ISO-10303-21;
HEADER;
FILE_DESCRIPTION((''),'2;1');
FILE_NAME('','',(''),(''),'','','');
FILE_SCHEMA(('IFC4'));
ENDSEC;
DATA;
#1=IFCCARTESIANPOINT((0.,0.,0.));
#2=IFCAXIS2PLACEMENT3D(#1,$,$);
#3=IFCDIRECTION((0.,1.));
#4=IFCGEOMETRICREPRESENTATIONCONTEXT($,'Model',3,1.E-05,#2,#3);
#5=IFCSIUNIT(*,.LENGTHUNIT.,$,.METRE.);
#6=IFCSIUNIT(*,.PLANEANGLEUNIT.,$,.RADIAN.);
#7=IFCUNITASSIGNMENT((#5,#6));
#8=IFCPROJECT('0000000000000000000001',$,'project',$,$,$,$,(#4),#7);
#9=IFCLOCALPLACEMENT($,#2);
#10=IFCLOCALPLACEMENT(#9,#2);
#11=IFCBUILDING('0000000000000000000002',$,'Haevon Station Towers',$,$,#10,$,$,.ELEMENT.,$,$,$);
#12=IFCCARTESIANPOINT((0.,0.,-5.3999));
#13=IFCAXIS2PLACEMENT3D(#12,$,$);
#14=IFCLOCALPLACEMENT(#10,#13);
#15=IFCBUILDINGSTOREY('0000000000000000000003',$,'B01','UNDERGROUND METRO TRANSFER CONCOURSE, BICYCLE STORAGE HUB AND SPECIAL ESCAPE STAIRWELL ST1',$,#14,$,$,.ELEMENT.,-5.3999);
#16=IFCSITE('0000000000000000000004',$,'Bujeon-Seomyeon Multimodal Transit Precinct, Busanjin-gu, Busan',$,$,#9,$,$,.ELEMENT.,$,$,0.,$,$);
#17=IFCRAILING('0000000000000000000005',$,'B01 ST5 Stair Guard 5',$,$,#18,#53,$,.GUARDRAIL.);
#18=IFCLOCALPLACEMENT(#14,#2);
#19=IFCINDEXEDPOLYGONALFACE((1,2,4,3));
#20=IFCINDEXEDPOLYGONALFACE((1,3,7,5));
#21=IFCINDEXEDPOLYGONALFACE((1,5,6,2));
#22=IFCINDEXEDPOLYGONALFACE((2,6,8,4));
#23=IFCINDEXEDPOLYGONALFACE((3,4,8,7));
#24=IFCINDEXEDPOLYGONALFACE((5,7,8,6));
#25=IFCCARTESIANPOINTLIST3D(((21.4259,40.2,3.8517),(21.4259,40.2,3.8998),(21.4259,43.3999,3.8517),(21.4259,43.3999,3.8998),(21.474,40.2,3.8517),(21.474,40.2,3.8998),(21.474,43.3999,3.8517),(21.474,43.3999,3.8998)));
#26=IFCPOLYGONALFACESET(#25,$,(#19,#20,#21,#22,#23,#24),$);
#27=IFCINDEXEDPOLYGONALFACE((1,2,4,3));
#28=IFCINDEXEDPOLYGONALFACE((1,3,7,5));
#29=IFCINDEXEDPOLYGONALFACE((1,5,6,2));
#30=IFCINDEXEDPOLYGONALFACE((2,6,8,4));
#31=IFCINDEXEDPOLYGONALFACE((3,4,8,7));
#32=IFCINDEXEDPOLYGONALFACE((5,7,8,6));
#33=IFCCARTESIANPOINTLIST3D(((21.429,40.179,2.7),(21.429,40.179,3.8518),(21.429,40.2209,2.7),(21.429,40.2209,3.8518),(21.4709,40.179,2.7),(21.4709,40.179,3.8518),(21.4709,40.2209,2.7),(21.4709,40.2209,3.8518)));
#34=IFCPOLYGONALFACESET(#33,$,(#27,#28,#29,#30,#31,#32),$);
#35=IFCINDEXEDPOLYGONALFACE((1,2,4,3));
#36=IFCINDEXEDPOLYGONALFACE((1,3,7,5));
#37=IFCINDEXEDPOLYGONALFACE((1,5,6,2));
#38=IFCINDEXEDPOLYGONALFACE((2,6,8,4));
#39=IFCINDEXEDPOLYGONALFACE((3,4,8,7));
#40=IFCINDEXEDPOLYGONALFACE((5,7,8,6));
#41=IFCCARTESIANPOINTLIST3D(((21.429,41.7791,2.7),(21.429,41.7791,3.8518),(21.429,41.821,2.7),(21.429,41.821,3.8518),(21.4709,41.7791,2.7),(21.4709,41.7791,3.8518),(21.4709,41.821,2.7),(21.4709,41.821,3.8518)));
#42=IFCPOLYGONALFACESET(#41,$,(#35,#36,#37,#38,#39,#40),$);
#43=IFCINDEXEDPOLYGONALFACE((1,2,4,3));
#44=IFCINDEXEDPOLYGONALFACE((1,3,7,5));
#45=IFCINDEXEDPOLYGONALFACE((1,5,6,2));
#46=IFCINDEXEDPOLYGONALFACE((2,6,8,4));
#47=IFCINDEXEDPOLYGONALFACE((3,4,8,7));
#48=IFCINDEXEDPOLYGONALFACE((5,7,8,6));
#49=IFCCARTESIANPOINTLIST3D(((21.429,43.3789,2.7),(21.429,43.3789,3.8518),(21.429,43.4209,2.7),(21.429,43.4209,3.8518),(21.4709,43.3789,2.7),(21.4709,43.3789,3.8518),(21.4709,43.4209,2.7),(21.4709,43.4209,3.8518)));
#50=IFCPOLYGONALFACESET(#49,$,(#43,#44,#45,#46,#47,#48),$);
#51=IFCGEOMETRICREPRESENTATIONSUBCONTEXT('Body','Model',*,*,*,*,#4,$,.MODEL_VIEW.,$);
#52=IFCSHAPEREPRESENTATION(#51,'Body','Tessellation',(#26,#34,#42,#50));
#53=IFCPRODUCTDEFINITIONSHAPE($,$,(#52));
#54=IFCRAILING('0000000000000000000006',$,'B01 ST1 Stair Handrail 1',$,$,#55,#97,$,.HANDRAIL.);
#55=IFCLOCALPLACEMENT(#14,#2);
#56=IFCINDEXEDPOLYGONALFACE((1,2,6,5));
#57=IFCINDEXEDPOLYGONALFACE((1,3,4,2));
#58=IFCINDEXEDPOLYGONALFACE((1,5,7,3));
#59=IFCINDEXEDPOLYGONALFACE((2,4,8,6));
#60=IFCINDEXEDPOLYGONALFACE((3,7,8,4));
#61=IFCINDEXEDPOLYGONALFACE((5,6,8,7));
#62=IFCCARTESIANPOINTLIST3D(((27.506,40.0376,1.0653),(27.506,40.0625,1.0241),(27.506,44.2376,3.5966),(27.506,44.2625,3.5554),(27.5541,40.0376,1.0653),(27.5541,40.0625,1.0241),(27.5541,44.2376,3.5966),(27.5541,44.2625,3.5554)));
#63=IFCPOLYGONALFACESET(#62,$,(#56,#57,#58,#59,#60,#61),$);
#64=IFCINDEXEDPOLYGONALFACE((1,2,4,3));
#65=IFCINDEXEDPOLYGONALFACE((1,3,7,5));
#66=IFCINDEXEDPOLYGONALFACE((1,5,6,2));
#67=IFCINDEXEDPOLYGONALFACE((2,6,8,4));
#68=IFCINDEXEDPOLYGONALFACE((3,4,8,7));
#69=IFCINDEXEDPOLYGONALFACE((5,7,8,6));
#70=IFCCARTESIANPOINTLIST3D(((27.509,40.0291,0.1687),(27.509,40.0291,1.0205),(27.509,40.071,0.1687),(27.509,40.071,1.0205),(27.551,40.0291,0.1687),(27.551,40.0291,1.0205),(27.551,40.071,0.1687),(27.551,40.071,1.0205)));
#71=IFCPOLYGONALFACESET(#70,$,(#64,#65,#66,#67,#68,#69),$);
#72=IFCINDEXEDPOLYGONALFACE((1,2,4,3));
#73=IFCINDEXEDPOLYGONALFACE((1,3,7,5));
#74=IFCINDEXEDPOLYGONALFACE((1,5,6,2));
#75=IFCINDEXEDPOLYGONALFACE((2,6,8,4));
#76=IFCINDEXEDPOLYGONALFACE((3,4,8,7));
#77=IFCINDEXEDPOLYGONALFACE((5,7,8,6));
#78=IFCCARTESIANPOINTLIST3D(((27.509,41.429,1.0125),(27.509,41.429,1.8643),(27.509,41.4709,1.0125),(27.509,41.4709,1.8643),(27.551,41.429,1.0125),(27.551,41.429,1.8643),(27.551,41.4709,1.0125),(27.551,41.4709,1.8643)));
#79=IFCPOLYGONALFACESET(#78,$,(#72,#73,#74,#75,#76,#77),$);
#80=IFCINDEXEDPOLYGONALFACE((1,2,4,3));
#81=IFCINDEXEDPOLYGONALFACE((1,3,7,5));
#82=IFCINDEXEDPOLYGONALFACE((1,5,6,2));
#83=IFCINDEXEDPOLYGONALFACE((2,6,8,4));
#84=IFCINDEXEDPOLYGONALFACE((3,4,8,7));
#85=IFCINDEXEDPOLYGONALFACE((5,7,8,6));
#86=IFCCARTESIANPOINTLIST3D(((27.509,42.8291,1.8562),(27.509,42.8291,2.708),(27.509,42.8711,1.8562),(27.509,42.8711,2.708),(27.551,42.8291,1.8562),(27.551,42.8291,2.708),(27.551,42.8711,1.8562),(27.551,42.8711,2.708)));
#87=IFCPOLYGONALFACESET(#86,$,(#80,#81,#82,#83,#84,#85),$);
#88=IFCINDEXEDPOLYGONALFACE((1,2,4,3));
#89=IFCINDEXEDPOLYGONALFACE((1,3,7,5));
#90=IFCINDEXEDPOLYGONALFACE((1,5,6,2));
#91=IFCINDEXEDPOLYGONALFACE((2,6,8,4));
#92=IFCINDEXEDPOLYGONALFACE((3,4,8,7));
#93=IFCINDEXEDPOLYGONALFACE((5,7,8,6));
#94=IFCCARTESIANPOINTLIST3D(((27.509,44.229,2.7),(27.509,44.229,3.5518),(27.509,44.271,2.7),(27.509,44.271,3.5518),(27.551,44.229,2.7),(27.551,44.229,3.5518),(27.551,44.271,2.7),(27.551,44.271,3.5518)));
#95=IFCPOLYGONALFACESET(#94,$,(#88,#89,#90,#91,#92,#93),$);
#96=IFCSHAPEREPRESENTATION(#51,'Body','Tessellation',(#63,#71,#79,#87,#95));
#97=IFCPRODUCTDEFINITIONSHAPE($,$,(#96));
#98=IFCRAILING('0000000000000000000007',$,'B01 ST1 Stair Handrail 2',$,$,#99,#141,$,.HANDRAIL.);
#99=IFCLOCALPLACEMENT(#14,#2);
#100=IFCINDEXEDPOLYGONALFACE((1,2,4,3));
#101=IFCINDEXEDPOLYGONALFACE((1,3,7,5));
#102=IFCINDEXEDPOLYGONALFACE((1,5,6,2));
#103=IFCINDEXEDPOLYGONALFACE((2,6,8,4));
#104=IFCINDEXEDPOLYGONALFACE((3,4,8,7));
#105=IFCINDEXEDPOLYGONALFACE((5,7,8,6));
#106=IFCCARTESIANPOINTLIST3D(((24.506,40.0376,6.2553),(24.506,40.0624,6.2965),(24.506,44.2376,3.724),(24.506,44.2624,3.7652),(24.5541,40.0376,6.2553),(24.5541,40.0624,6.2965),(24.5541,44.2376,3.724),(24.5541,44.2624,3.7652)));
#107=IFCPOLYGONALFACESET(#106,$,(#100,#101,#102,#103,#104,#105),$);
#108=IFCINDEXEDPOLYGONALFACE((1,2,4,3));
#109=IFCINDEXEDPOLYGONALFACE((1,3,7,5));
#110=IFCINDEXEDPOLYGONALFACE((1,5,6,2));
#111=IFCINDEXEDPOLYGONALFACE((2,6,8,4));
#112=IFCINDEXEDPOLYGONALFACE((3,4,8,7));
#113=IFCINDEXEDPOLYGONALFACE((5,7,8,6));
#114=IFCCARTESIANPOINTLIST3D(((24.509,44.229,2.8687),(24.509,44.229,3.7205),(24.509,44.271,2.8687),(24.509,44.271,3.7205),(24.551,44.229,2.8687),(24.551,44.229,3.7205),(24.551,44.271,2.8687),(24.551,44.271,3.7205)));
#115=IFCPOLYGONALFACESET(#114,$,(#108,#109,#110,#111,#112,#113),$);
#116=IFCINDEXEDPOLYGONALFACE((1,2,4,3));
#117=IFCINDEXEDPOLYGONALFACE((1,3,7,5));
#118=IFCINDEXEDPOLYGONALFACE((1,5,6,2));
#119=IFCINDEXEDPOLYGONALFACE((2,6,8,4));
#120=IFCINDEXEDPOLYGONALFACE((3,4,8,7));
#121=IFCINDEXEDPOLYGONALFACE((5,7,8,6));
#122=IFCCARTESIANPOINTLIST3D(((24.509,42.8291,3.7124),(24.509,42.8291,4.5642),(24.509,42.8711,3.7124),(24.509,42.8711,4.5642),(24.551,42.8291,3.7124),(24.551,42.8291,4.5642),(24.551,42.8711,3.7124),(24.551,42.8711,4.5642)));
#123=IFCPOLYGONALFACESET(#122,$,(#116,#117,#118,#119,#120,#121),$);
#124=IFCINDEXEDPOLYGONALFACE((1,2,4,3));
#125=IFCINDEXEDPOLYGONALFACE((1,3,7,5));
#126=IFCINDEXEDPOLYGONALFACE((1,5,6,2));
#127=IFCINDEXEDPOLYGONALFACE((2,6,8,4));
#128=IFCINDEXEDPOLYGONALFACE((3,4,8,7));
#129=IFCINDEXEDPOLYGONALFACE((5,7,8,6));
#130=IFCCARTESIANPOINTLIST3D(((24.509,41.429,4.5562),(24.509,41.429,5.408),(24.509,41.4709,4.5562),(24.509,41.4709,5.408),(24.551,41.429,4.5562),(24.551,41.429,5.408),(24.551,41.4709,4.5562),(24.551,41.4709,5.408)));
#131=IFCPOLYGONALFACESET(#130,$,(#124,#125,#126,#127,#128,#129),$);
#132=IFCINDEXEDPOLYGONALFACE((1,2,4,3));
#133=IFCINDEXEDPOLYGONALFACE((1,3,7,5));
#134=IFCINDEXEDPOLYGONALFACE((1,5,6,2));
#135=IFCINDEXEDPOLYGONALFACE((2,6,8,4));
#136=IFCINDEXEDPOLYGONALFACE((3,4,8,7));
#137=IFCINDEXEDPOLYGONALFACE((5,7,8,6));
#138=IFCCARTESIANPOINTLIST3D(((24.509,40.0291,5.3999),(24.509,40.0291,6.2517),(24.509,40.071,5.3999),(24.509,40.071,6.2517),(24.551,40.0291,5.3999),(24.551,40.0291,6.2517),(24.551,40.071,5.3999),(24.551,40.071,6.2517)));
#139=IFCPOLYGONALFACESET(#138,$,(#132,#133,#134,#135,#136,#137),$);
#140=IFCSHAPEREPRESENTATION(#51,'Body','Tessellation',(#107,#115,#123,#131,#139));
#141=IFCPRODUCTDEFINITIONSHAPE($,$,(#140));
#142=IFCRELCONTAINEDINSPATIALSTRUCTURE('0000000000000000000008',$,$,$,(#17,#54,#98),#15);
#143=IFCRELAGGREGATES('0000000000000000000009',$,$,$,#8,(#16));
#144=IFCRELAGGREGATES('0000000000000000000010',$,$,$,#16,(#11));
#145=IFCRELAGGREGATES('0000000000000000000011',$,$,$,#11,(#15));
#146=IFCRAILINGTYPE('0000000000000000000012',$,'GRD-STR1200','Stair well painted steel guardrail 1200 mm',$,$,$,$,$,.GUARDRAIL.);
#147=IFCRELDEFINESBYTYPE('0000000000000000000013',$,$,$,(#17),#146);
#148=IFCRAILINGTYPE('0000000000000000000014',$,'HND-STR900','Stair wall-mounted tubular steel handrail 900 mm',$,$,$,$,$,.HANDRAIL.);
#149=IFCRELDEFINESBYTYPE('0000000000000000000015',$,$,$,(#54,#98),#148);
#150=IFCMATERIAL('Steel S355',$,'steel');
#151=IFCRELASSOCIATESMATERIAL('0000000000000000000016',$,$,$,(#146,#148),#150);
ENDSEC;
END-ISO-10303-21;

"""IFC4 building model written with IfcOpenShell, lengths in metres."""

from ifc_helpers import new_model, si_unit, direction, frame, origin, origin_2d, place, context, subcontext, project, spatial, rectangle, extrude, material, type_object, element, save


model = new_model("IFC4")

# Units and contexts
model_context = context("Model", 3, precision=1e-05, world=origin(), true_north=direction((0.0, 1.0)))
body_context = subcontext(model_context, "Body", "Model", "MODEL_VIEW")
ifc_project = project(units=[si_unit("LENGTHUNIT", "METRE"), si_unit("PLANEANGLEUNIT", "RADIAN")], contexts=[model_context])

# Site, building, storey
site_placement = place(None, origin())
site = spatial("IfcSite", under=ifc_project, at=site_placement, Name="Bujeon-Seomyeon Multimodal Transit Precinct, Busanjin-gu, Busan", CompositionType="ELEMENT", RefElevation=0.0)
building_placement = place(site_placement, origin())
building = spatial("IfcBuilding", under=site, at=building_placement, Name="Haevon Station Towers", CompositionType="ELEMENT")
storey_placement = place(building_placement, frame((0.0, 0.0, -5.3999)))
storey = spatial("IfcBuildingStorey", under=building, at=storey_placement, Name="B01", Description="UNDERGROUND METRO TRANSFER CONCOURSE, BICYCLE STORAGE HUB AND SPECIAL ESCAPE STAIRWELL ST1", CompositionType="ELEMENT", Elevation=-5.3999)

# Shared definitions
ifc_material_1 = material(Name="Steel S355", Category="steel")

# Railings
railing_type_1 = type_object("IfcRailingType", Name="GRD-STR1200", Description="Stair well painted steel guardrail 1200 mm", PredefinedType="GUARDRAIL", material=ifc_material_1)
railing_1_placement = place(storey_placement, frame((21.45, 40.2, 2.7)))
element("IfcRailing", 1, at=railing_1_placement, inside=storey, type_object=railing_type_1, Name="B01 ST5 Stair Guard 5", PredefinedType="GUARDRAIL", context=body_context, shape_type="SweptSolid", body=[
    extrude(rectangle(XDim=0.0481, YDim=0.0481, at=origin_2d()), frame((0.0, 0.0, 1.1758), z_axis=(0.0, 1.0, 0.0), x_axis=(-1.0, 0.0, 0.0)), (0.0, 0.0, 1.0), 3.2),
    extrude(rectangle(XDim=0.042, YDim=0.042, at=origin_2d()), origin(), (0.0, 0.0, 1.0), 1.1519),
    extrude(rectangle(XDim=0.042, YDim=0.042, at=origin_2d()), frame((0.0, 1.6001, 0.0)), (0.0, 0.0, 1.0), 1.1519),
    extrude(rectangle(XDim=0.042, YDim=0.042, at=origin_2d()), frame((0.0, 3.2, 0.0)), (0.0, 0.0, 1.0), 1.1519),
])
railing_type_2 = type_object("IfcRailingType", Name="HND-STR900", Description="Stair wall-mounted tubular steel handrail 900 mm", PredefinedType="HANDRAIL", material=ifc_material_1)
railing_2_placement = place(storey_placement, frame((27.53, 40.05, 0.1687)))
element("IfcRailing", 2, at=railing_2_placement, inside=storey, type_object=railing_type_2, Name="B01 ST1 Stair Handrail 1", PredefinedType="HANDRAIL", context=body_context, shape_type="SweptSolid", body=[
    extrude(rectangle(XDim=0.0481, YDim=0.0481, at=origin_2d()), frame((0.0, 0.0, 0.876), z_axis=(0.0, 0.856476, 0.516186), x_axis=(-1.0, 0.0, 0.0)), (0.0, 0.0, 1.0), 4.9038),
    extrude(rectangle(XDim=0.042, YDim=0.042, at=origin_2d()), origin(), (0.0, 0.0, 1.0), 0.8518),
    extrude(rectangle(XDim=0.042, YDim=0.042, at=origin_2d()), frame((0.0, 1.3999, 0.8438)), (0.0, 0.0, 1.0), 0.8518),
    extrude(rectangle(XDim=0.042, YDim=0.042, at=origin_2d()), frame((0.0, 2.8, 1.6875)), (0.0, 0.0, 1.0), 0.8518),
    extrude(rectangle(XDim=0.042, YDim=0.042, at=origin_2d()), frame((0.0, 4.2, 2.5312)), (0.0, 0.0, 1.0), 0.8518),
])
railing_3_placement = place(storey_placement, frame((24.53, 44.25, 2.8687)))
element("IfcRailing", 3, at=railing_3_placement, inside=storey, type_object=railing_type_2, Name="B01 ST1 Stair Handrail 2", PredefinedType="HANDRAIL", context=body_context, shape_type="SweptSolid", body=[
    extrude(rectangle(XDim=0.0481, YDim=0.0481, at=origin_2d()), frame((0.0, 0.0, 0.876), z_axis=(0.0, -0.856476, 0.516186), x_axis=(1.0, 0.0, 0.0)), (0.0, 0.0, 1.0), 4.9038),
    extrude(rectangle(XDim=0.042, YDim=0.042, at=origin_2d()), origin(), (0.0, 0.0, 1.0), 0.8518),
    extrude(rectangle(XDim=0.042, YDim=0.042, at=origin_2d()), frame((0.0, -1.3999, 0.8438)), (0.0, 0.0, 1.0), 0.8518),
    extrude(rectangle(XDim=0.042, YDim=0.042, at=origin_2d()), frame((0.0, -2.8, 1.6875)), (0.0, 0.0, 1.0), 0.8518),
    extrude(rectangle(XDim=0.042, YDim=0.042, at=origin_2d()), frame((0.0, -4.2, 2.5312)), (0.0, 0.0, 1.0), 0.8518),
])

save(model, "model.ifc")
